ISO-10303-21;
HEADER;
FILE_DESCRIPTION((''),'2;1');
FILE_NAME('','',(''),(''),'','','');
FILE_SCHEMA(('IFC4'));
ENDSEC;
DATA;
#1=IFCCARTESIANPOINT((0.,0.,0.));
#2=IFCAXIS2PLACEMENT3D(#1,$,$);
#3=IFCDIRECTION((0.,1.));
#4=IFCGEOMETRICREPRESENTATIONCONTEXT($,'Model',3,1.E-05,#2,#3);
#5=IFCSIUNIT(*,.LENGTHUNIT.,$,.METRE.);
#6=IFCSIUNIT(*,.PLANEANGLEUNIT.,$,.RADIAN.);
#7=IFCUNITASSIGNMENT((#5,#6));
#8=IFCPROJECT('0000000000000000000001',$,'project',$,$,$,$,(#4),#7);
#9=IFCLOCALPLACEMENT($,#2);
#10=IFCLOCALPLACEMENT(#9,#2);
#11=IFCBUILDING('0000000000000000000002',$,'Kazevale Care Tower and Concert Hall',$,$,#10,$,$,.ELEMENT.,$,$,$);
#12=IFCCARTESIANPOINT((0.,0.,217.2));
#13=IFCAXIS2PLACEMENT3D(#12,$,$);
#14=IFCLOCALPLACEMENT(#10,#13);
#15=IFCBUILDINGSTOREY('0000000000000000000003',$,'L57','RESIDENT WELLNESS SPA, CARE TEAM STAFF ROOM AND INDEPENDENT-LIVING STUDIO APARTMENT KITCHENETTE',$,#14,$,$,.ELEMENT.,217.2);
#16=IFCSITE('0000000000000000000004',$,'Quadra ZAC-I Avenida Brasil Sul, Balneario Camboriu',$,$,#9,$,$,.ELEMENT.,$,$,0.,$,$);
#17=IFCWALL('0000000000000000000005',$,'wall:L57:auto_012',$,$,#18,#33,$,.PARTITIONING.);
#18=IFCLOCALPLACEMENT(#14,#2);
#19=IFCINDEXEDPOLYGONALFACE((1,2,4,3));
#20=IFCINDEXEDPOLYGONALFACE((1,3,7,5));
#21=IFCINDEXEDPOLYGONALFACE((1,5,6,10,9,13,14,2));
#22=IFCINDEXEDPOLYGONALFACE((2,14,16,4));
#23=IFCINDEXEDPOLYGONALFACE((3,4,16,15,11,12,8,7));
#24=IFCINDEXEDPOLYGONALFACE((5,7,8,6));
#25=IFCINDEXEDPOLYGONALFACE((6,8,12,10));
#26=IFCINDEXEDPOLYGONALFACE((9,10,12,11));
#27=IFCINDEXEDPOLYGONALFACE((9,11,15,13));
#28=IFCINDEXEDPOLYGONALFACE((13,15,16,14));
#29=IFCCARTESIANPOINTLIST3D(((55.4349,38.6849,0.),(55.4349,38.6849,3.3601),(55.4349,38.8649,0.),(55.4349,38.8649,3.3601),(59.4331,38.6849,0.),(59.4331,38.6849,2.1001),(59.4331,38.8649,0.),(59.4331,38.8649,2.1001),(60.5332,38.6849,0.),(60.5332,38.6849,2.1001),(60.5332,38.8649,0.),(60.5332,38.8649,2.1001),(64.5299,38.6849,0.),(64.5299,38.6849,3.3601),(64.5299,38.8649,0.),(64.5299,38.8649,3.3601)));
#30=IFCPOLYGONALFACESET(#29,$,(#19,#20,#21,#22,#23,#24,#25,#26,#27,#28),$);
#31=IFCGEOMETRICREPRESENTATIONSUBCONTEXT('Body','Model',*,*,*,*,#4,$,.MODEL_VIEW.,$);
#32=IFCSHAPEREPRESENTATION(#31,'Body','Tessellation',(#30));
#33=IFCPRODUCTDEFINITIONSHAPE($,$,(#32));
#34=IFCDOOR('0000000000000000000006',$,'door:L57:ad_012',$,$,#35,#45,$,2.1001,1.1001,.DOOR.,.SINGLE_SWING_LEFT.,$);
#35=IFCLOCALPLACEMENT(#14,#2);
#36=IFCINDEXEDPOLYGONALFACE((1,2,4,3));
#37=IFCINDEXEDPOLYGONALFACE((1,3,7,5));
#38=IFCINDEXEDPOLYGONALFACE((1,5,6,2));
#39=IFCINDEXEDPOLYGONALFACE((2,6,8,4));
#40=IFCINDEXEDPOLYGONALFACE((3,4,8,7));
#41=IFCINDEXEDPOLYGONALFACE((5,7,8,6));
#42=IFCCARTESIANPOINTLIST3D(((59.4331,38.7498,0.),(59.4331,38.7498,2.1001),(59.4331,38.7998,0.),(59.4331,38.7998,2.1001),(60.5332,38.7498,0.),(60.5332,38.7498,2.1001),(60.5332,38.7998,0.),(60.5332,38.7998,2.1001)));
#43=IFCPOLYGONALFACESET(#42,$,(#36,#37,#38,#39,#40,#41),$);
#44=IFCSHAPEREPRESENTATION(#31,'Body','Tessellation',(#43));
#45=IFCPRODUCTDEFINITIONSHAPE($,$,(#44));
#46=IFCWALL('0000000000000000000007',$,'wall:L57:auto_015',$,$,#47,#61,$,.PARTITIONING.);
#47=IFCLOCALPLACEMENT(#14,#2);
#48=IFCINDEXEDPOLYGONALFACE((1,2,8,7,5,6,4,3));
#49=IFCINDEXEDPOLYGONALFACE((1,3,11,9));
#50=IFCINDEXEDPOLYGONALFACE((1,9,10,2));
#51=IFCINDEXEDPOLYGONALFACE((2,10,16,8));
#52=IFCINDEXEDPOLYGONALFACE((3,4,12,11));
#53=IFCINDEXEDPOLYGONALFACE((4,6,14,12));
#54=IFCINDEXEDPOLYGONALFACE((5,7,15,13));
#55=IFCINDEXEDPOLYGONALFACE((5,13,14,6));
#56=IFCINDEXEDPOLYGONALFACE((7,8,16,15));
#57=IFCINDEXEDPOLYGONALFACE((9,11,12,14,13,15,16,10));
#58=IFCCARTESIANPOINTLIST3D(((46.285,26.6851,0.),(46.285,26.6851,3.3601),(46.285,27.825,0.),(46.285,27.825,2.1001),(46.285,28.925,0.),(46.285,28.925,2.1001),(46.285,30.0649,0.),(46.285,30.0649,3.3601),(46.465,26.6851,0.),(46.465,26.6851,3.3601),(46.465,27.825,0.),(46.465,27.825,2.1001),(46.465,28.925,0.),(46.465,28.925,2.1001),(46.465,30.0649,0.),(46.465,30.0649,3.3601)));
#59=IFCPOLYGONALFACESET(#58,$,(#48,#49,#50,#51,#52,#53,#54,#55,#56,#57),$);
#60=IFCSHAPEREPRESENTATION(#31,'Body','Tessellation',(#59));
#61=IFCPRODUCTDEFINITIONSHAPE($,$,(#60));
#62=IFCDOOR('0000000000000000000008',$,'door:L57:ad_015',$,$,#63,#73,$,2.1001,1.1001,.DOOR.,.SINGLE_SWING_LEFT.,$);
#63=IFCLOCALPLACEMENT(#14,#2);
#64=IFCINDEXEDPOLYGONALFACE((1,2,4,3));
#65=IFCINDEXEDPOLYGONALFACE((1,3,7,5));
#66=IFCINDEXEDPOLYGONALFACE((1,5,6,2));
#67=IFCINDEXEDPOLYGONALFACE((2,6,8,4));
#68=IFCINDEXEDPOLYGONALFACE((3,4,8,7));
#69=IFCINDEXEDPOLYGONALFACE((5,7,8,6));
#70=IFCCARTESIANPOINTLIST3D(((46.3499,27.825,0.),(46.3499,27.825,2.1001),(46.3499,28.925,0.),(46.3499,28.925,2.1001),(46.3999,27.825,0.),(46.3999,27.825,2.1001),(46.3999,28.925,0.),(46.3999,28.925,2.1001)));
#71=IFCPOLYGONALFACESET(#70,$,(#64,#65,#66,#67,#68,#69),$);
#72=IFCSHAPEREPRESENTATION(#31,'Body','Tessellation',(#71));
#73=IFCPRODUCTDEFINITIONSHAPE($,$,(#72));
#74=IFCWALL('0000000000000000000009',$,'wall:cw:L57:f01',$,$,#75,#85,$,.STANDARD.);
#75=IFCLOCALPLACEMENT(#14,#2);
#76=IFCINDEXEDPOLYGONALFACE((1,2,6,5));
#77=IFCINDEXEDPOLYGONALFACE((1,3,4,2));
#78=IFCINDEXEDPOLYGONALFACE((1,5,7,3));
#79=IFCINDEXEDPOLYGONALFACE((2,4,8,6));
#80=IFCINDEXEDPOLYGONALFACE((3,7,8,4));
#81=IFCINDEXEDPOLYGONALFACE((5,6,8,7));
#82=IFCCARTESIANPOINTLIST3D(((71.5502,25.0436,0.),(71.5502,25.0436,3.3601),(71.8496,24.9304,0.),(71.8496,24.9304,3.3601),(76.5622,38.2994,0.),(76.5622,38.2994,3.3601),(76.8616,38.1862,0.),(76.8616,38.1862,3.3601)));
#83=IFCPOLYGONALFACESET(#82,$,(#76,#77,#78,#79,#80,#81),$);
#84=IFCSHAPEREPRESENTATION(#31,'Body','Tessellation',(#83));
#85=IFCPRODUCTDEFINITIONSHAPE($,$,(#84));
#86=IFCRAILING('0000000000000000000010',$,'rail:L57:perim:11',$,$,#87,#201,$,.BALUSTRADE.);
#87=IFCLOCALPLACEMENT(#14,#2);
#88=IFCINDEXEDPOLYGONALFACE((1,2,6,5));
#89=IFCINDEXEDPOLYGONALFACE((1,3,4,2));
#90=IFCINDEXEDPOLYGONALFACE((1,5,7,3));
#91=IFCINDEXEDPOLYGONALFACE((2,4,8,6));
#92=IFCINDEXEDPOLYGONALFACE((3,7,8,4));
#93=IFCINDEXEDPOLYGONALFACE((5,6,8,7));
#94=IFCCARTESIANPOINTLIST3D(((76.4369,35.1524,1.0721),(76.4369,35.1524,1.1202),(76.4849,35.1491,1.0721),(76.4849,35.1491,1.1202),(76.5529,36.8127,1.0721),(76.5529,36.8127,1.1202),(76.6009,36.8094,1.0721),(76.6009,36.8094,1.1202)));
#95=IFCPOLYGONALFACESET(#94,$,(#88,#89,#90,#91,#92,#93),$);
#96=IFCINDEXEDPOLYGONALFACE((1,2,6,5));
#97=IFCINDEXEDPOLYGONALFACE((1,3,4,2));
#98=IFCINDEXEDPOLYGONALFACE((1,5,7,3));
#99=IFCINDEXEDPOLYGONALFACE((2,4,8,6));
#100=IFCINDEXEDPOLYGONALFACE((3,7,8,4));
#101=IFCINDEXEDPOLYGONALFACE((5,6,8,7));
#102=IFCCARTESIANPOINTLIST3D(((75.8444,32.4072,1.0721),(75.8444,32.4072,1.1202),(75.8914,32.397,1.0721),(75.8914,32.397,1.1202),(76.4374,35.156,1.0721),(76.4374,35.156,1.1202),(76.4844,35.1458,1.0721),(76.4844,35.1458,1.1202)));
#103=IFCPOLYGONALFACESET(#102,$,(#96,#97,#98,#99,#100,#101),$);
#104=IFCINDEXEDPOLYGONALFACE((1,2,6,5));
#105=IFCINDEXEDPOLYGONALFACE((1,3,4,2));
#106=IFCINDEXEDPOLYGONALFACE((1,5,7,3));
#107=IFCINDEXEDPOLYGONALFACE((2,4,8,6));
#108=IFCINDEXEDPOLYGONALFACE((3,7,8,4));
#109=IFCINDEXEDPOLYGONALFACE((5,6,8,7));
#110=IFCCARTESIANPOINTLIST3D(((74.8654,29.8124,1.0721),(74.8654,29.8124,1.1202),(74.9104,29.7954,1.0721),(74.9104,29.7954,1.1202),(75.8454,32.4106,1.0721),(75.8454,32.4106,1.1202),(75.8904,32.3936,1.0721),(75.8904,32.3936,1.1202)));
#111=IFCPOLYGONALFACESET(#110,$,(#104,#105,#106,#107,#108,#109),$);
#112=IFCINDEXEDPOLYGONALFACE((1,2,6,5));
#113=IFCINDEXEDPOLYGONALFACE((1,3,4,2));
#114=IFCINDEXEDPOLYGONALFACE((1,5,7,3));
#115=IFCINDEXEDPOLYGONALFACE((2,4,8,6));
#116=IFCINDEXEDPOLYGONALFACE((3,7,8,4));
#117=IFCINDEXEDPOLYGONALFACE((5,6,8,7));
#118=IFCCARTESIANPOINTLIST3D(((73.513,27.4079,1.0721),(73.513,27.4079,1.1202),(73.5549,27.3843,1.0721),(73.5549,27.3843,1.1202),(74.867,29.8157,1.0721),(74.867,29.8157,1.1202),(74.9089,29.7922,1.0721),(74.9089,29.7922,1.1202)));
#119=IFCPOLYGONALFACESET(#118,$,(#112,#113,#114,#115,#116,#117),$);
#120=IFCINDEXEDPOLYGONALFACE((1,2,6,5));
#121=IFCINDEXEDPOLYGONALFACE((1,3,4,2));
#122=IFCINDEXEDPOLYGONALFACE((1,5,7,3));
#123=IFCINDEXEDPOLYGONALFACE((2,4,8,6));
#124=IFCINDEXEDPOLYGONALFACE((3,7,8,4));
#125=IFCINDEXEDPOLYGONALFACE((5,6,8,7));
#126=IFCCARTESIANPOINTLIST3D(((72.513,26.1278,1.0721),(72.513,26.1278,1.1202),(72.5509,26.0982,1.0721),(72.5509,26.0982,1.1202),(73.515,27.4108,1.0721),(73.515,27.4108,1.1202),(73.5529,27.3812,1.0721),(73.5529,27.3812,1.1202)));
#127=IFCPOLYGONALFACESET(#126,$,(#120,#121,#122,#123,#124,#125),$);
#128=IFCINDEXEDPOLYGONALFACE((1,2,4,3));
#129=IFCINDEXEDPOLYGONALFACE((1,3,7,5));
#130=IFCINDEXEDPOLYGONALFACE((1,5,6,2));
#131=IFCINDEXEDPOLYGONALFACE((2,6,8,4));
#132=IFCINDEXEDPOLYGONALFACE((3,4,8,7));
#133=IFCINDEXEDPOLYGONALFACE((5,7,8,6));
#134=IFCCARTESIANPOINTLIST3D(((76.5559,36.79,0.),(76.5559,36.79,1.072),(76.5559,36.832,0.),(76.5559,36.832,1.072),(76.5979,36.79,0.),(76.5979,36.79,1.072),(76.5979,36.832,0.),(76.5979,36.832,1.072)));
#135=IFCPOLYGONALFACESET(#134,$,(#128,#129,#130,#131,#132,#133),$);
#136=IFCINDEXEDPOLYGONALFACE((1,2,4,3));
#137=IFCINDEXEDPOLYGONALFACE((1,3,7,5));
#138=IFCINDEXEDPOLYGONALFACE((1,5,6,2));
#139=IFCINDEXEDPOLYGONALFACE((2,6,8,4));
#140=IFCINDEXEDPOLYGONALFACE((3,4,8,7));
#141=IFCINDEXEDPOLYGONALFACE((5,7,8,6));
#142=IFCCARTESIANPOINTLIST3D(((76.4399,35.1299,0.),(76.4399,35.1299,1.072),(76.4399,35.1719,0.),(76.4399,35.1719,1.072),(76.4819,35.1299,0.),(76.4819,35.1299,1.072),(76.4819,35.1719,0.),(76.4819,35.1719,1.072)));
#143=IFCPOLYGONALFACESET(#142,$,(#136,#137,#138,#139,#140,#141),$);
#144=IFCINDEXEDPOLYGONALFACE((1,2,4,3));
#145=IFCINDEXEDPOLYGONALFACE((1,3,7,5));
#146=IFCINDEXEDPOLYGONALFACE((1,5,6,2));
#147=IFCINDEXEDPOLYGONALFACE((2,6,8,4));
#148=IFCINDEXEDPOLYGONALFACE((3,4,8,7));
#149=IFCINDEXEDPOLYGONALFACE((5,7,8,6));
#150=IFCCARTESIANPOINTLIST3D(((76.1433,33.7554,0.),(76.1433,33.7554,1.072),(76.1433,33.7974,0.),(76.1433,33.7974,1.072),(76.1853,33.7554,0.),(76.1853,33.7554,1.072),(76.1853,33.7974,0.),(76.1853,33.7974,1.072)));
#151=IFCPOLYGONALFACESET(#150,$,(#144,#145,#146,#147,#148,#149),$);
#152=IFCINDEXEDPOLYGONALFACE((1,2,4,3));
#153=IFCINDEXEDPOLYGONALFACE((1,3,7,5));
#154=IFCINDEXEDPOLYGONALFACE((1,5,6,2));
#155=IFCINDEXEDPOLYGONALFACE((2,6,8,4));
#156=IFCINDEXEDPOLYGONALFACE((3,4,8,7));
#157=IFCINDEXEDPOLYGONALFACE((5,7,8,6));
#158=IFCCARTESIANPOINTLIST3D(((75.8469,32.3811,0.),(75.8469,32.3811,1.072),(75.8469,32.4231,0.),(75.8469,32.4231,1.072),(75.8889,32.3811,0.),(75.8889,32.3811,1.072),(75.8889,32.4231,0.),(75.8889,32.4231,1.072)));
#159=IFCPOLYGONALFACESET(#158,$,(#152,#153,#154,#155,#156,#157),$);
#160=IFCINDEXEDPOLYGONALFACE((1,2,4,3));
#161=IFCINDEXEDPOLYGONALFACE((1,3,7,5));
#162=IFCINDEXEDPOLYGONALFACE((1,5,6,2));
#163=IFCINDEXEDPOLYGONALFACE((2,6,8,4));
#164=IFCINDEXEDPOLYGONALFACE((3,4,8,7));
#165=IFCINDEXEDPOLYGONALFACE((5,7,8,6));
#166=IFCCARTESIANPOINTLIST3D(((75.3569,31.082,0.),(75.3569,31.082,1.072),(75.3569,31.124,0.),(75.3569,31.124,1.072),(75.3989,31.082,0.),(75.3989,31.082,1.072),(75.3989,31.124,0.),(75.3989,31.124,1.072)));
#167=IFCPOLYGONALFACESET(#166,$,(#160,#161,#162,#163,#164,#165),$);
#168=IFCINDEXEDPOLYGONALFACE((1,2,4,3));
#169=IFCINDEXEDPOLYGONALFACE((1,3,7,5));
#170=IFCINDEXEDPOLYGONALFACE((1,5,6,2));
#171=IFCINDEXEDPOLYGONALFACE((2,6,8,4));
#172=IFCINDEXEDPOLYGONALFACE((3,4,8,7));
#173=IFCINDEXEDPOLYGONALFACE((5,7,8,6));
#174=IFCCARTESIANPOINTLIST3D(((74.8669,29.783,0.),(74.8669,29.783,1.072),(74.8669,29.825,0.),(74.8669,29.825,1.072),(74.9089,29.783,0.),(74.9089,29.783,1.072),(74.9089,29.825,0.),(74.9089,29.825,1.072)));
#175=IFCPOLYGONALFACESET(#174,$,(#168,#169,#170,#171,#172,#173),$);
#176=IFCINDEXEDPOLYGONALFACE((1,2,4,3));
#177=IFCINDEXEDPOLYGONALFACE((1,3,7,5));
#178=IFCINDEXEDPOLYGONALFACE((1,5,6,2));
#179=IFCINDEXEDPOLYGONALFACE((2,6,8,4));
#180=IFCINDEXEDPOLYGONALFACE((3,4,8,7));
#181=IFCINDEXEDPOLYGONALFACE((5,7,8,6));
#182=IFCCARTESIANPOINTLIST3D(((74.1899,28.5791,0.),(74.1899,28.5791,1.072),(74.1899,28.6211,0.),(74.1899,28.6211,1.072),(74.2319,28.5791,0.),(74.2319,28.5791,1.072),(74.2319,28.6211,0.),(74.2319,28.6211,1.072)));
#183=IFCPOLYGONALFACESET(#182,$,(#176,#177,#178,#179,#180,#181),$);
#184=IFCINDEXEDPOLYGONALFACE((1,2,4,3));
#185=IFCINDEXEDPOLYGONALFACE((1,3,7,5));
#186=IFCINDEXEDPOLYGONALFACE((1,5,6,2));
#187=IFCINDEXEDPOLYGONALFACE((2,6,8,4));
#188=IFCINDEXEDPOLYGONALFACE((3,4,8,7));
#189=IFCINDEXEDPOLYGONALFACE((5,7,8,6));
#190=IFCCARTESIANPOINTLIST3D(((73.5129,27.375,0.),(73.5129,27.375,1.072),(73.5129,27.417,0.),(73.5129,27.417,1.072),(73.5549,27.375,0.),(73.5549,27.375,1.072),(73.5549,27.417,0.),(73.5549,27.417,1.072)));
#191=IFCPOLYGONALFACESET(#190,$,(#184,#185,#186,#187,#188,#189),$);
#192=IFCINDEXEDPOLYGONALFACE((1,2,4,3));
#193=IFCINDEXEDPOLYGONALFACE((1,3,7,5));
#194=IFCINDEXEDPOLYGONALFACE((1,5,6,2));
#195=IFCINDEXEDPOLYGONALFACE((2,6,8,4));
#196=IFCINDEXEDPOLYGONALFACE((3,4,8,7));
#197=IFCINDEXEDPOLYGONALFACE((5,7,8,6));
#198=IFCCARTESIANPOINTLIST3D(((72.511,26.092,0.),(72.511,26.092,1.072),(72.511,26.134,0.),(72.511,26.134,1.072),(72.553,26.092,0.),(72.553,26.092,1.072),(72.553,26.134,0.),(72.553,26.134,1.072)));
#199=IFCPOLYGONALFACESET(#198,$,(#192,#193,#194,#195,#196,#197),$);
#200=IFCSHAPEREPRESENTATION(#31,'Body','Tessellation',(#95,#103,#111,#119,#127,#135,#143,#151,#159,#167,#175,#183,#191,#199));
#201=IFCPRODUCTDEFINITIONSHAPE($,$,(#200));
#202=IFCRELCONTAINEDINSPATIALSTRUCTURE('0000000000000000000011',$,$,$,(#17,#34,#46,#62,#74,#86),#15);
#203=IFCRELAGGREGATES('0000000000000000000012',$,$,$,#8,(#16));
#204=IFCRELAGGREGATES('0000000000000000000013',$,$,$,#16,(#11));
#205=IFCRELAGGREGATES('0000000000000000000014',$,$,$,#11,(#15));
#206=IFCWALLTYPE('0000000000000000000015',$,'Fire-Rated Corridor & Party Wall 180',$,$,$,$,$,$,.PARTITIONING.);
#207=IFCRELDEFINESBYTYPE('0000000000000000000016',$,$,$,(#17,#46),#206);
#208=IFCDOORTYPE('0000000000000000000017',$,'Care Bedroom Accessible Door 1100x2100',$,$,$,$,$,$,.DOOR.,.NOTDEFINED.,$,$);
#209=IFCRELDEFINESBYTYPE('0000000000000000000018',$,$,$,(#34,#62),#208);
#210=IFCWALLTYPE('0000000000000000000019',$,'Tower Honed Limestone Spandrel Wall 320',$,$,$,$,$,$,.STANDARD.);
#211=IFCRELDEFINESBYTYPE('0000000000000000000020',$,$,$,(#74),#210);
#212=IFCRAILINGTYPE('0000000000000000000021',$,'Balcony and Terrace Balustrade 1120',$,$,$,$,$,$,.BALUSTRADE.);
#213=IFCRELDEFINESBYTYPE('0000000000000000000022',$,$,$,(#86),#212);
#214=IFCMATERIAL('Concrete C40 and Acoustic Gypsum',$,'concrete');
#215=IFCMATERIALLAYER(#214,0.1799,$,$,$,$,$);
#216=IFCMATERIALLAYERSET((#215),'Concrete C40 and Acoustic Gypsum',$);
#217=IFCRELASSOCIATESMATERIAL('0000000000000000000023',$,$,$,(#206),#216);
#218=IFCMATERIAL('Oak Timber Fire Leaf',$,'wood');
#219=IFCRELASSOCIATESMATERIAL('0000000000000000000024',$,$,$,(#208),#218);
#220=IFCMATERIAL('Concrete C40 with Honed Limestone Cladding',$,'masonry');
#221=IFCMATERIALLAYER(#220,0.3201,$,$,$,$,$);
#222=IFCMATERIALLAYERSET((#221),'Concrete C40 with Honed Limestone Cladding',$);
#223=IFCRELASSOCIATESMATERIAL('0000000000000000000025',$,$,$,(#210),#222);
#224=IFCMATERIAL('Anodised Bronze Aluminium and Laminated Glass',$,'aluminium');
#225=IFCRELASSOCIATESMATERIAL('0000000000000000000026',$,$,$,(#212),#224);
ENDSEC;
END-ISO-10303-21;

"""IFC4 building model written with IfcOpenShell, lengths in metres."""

from ifc_helpers import new_model, si_unit, direction, frame, frame_2d, origin, origin_2d, place, context, subcontext, project, spatial, rectangle, extrude, material, layer, layer_set, type_object, element, fill, save


model = new_model("IFC4")

# Units and contexts
model_context = context("Model", 3, precision=1e-05, world=origin(), true_north=direction((0.0, 1.0)))
body_context = subcontext(model_context, "Body", "Model", "MODEL_VIEW")
ifc_project = project(units=[si_unit("LENGTHUNIT", "METRE"), si_unit("PLANEANGLEUNIT", "RADIAN")], contexts=[model_context])

# Site, building, storey
site_placement = place(None, origin())
site = spatial("IfcSite", under=ifc_project, at=site_placement, Name="Quadra ZAC-I Avenida Brasil Sul, Balneario Camboriu", CompositionType="ELEMENT", RefElevation=0.0)
building_placement = place(site_placement, origin())
building = spatial("IfcBuilding", under=site, at=building_placement, Name="Kazevale Care Tower and Concert Hall", CompositionType="ELEMENT")
storey_placement = place(building_placement, frame((0.0, 0.0, 217.2)))
storey = spatial("IfcBuildingStorey", under=building, at=storey_placement, Name="L57", Description="RESIDENT WELLNESS SPA, CARE TEAM STAFF ROOM AND INDEPENDENT-LIVING STUDIO APARTMENT KITCHENETTE", CompositionType="ELEMENT", Elevation=217.2)

# Walls, openings, doors
ifc_material_1 = material(Name="Concrete C40 and Acoustic Gypsum", Category="concrete")
ifc_layer_1 = layer(ifc_material_1, 0.1799)
ifc_layer_set_1 = layer_set([ifc_layer_1], Name="Concrete C40 and Acoustic Gypsum")
wall_type_1 = type_object("IfcWallType", Name="Fire-Rated Corridor & Party Wall 180", PredefinedType="PARTITIONING", material=ifc_layer_set_1)
ifc_material_2 = material(Name="Oak Timber Fire Leaf", Category="wood")
door_type = type_object("IfcDoorType", Name="Care Bedroom Accessible Door 1100x2100", OperationType="NOTDEFINED", PredefinedType="DOOR", material=ifc_material_2)
wall_1_placement = place(storey_placement, frame((55.4351, 38.7749, 0.0), z_axis=(0.0, 0.0, 1.0), x_axis=(1.0, 0.0, 0.0)))
wall_1 = element("IfcWall", 1, at=wall_1_placement, inside=storey, type_object=wall_type_1, Name="wall:L57:auto_012", PredefinedType="PARTITIONING", context=body_context, shape_type="SweptSolid", body=[
    extrude(rectangle(XDim=9.095, YDim=0.1799, at=frame_2d((4.5474, 0.0))), origin(), (0.0, 0.0, 1.0), 3.3601),
])
opening_1_placement = place(wall_1_placement, frame((3.998, 0.0, 0.0)))
opening_1 = element("IfcOpeningElement", 2, at=opening_1_placement, cuts=wall_1, PredefinedType="OPENING", context=body_context, shape_type="SweptSolid", body=[
    extrude(rectangle(XDim=1.1001, YDim=2.1001, at=frame_2d((0.55, 1.05))), frame((0.0, 0.0999, 0.0), z_axis=(0.0, -1.0, 0.0), x_axis=(1.0, 0.0, 0.0)), (0.0, 0.0, 1.0), 0.2),
])
door_1_placement = place(opening_1_placement, origin())
door_1 = element("IfcDoor", 3, at=door_1_placement, inside=storey, type_object=door_type, Name="door:L57:ad_012", OperationType="SINGLE_SWING_LEFT", OverallHeight=2.1001, OverallWidth=1.1001, PredefinedType="DOOR", context=body_context, shape_type="SweptSolid", body=[
    extrude(rectangle(XDim=1.1001, YDim=2.1001, at=frame_2d((0.55, 1.05))), frame((0.0, 0.0249, 0.0), z_axis=(0.0, -1.0, 0.0), x_axis=(1.0, 0.0, 0.0)), (0.0, 0.0, 1.0), 0.05),
])
fill(opening_1, door_1)
wall_2_placement = place(storey_placement, frame((46.375, 30.0649, 0.0), z_axis=(0.0, 0.0, 1.0), x_axis=(0.0, -1.0, 0.0)))
wall_2 = element("IfcWall", 4, at=wall_2_placement, inside=storey, type_object=wall_type_1, Name="wall:L57:auto_015", PredefinedType="PARTITIONING", context=body_context, shape_type="SweptSolid", body=[
    extrude(rectangle(XDim=3.3799, YDim=0.1799, at=frame_2d((1.6899, 0.0))), origin(), (0.0, 0.0, 1.0), 3.3601),
])
opening_2_placement = place(wall_2_placement, frame((1.1399, 0.0, 0.0)))
opening_2 = element("IfcOpeningElement", 5, at=opening_2_placement, cuts=wall_2, PredefinedType="OPENING", context=body_context, shape_type="SweptSolid", body=[
    extrude(rectangle(XDim=1.1001, YDim=2.1001, at=frame_2d((0.55, 1.05))), frame((0.0, 0.0999, 0.0), z_axis=(0.0, -1.0, 0.0), x_axis=(1.0, 0.0, 0.0)), (0.0, 0.0, 1.0), 0.2),
])
door_2_placement = place(opening_2_placement, origin())
door_2 = element("IfcDoor", 6, at=door_2_placement, inside=storey, type_object=door_type, Name="door:L57:ad_015", OperationType="SINGLE_SWING_LEFT", OverallHeight=2.1001, OverallWidth=1.1001, PredefinedType="DOOR", context=body_context, shape_type="SweptSolid", body=[
    extrude(rectangle(XDim=1.1001, YDim=2.1001, at=frame_2d((0.55, 1.05))), frame((0.0, 0.0249, 0.0), z_axis=(0.0, -1.0, 0.0), x_axis=(1.0, 0.0, 0.0)), (0.0, 0.0, 1.0), 0.05),
])
fill(opening_2, door_2)

# Wall
ifc_material_3 = material(Name="Concrete C40 with Honed Limestone Cladding", Category="masonry")
ifc_layer_2 = layer(ifc_material_3, 0.3201)
ifc_layer_set_2 = layer_set([ifc_layer_2], Name="Concrete C40 with Honed Limestone Cladding")
wall_type_2 = type_object("IfcWallType", Name="Tower Honed Limestone Spandrel Wall 320", PredefinedType="STANDARD", material=ifc_layer_set_2)
wall_3_placement = place(storey_placement, frame((76.7119, 38.2429, 0.0), z_axis=(0.0, 0.0, 1.0), x_axis=(-0.35366, -0.935374, 0.0)))
element("IfcWall", 7, at=wall_3_placement, inside=storey, type_object=wall_type_2, Name="wall:cw:L57:f01", PredefinedType="STANDARD", context=body_context, shape_type="SweptSolid", body=[
    extrude(rectangle(XDim=14.1716, YDim=0.3201, at=frame_2d((7.0859, 0.0))), origin(), (0.0, 0.0, 1.0), 3.3601),
])

# Railing
ifc_material_4 = material(Name="Anodised Bronze Aluminium and Laminated Glass", Category="aluminium")
railing_type = type_object("IfcRailingType", Name="Balcony and Terrace Balustrade 1120", PredefinedType="BALUSTRADE", material=ifc_material_4)
railing_placement = place(storey_placement, frame((76.5769, 36.811, 0.0)))
element("IfcRailing", 8, at=railing_placement, inside=storey, type_object=railing_type, Name="rail:L57:perim:11", PredefinedType="BALUSTRADE", context=body_context, shape_type="SweptSolid", body=[
    extrude(rectangle(XDim=0.0481, YDim=0.0481, at=origin_2d()), frame((0.0, 0.0, 1.0962), z_axis=(-0.069683, -0.997569, 0.0), x_axis=(0.997569, -0.069683, 0.0)), (0.0, 0.0, 1.0), 1.6643),
    extrude(rectangle(XDim=0.0481, YDim=0.0481, at=origin_2d()), frame((-0.116, -1.6602, 1.0962), z_axis=(-0.210887, -0.977511, 0.0), x_axis=(0.977511, -0.210887, 0.0)), (0.0, 0.0, 1.0), 2.812),
    extrude(rectangle(XDim=0.0481, YDim=0.0481, at=origin_2d()), frame((-0.709, -4.4089, 1.0962), z_axis=(-0.352915, -0.935655, 0.0), x_axis=(0.935655, -0.352915, 0.0)), (0.0, 0.0, 1.0), 2.7769),
    extrude(rectangle(XDim=0.0481, YDim=0.0481, at=origin_2d()), frame((-1.689, -7.0071, 1.0962), z_axis=(-0.490131, -0.871649, 0.0), x_axis=(0.871649, -0.490131, 0.0)), (0.0, 0.0, 1.0), 2.7625),
    extrude(rectangle(XDim=0.0481, YDim=0.0481, at=origin_2d()), frame((-3.043, -9.415, 1.0962), z_axis=(-0.615507, -0.788131, 0.0), x_axis=(0.788131, -0.615507, 0.0)), (0.0, 0.0, 1.0), 1.6279),
    extrude(rectangle(XDim=0.042, YDim=0.042, at=origin_2d()), origin(), (0.0, 0.0, 1.0), 1.072),
    extrude(rectangle(XDim=0.042, YDim=0.042, at=origin_2d()), frame((-0.116, -1.6602, 0.0)), (0.0, 0.0, 1.0), 1.072),
    extrude(rectangle(XDim=0.042, YDim=0.042, at=origin_2d()), frame((-0.4126, -3.0347, 0.0)), (0.0, 0.0, 1.0), 1.072),
    extrude(rectangle(XDim=0.042, YDim=0.042, at=origin_2d()), frame((-0.709, -4.4089, 0.0)), (0.0, 0.0, 1.0), 1.072),
    extrude(rectangle(XDim=0.042, YDim=0.042, at=origin_2d()), frame((-1.199, -5.708, 0.0)), (0.0, 0.0, 1.0), 1.072),
    extrude(rectangle(XDim=0.042, YDim=0.042, at=origin_2d()), frame((-1.689, -7.0071, 0.0)), (0.0, 0.0, 1.0), 1.072),
    extrude(rectangle(XDim=0.042, YDim=0.042, at=origin_2d()), frame((-2.366, -8.2109, 0.0)), (0.0, 0.0, 1.0), 1.072),
    extrude(rectangle(XDim=0.042, YDim=0.042, at=origin_2d()), frame((-3.043, -9.415, 0.0)), (0.0, 0.0, 1.0), 1.072),
    extrude(rectangle(XDim=0.042, YDim=0.042, at=origin_2d()), frame((-4.0449, -10.698, 0.0)), (0.0, 0.0, 1.0), 1.072),
])

save(model, "model.ifc")
